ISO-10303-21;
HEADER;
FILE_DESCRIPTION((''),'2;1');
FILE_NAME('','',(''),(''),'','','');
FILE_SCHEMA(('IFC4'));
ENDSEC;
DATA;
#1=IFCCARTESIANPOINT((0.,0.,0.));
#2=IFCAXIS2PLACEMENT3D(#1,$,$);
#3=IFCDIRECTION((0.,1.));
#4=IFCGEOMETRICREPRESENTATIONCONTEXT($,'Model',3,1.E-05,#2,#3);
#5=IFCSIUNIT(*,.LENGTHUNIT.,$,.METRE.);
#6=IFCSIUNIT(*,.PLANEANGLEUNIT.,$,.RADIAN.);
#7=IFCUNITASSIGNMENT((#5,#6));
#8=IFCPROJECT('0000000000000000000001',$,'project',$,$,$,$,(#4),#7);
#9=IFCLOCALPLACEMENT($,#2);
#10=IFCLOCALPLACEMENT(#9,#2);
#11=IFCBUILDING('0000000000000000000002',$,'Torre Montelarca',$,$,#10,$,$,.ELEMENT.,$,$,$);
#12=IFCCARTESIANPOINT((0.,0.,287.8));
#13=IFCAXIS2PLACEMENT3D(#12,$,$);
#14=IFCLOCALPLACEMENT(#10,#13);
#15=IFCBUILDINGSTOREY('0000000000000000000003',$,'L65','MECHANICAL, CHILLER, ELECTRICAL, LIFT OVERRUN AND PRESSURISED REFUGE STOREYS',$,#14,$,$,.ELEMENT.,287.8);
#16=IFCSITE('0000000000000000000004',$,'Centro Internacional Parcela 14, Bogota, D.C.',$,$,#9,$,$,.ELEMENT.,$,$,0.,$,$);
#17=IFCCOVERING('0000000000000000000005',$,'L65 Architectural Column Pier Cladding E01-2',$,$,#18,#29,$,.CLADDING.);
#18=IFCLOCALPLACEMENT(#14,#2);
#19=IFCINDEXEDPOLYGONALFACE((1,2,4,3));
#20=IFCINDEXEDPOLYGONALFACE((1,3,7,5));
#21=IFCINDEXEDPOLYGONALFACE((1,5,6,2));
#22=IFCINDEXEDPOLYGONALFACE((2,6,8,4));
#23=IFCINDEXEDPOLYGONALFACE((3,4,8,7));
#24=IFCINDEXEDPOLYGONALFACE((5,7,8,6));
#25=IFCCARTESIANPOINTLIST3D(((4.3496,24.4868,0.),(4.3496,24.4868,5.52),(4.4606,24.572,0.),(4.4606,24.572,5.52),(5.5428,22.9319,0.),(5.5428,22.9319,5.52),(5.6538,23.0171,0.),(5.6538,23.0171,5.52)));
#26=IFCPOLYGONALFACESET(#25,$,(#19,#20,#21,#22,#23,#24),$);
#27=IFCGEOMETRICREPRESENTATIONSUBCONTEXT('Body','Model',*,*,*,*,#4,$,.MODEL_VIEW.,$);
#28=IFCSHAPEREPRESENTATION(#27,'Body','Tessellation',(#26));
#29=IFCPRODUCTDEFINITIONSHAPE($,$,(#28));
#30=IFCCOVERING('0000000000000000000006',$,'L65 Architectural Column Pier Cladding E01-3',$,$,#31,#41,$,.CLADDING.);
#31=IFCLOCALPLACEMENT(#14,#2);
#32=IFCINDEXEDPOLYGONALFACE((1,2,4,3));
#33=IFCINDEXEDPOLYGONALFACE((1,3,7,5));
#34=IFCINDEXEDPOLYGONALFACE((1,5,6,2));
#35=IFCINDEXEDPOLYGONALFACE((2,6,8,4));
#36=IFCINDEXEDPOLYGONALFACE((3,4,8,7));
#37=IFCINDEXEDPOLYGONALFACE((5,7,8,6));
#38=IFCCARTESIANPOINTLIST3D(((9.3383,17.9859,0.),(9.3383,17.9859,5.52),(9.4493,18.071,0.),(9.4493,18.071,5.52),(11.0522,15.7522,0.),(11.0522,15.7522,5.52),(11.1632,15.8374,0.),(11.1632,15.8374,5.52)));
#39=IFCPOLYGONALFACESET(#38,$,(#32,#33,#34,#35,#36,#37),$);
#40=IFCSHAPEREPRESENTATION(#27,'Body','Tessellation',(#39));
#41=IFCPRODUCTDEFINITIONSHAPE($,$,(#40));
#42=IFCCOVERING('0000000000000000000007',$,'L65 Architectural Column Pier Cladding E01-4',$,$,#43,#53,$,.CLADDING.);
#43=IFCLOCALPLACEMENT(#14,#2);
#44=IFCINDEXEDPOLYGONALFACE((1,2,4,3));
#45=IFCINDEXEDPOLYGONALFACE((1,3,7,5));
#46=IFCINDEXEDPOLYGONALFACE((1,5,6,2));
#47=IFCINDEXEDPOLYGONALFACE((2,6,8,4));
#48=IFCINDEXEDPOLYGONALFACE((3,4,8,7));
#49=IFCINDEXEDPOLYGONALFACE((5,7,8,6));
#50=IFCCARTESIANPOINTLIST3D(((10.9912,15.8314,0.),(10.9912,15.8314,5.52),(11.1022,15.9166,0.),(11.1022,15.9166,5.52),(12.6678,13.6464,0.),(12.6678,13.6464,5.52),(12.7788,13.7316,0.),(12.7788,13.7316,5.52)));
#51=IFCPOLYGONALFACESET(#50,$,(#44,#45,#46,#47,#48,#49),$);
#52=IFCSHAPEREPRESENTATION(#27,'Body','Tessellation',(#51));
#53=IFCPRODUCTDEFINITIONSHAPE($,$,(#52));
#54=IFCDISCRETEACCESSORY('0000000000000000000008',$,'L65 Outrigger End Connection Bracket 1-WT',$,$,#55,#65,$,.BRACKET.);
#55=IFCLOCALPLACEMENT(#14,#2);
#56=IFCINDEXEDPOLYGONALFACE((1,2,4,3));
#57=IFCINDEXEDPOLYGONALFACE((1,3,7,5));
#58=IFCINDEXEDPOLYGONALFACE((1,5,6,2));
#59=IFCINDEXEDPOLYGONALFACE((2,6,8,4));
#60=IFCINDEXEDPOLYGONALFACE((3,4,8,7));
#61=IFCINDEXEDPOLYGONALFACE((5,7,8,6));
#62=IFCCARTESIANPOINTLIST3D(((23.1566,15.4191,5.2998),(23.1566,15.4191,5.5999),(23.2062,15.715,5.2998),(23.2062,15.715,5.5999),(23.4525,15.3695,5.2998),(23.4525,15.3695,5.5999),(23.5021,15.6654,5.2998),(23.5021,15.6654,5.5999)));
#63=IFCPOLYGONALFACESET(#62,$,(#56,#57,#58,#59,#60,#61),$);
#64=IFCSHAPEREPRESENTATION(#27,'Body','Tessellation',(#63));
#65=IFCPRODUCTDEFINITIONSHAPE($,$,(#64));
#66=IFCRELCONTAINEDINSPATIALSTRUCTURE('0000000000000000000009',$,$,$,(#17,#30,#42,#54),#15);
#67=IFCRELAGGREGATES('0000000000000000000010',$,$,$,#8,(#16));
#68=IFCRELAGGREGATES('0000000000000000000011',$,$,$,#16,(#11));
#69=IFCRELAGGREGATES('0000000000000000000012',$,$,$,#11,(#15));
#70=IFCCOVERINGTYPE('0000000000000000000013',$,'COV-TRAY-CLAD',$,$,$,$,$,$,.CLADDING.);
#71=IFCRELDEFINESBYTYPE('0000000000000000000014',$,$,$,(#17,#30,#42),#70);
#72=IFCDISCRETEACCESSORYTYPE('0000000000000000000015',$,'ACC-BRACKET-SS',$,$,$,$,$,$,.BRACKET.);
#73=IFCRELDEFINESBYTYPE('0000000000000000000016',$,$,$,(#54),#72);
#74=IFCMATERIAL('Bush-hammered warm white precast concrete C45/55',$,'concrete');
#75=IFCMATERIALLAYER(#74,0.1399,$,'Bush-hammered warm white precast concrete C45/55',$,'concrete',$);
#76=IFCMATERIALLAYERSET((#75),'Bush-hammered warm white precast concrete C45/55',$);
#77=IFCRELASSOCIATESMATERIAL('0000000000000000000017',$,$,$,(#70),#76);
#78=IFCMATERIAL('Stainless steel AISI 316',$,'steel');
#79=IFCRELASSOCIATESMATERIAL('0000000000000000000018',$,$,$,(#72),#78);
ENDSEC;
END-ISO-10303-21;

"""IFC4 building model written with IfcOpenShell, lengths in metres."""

from ifc_helpers import new_model, si_unit, direction, frame, origin, origin_2d, place, context, subcontext, project, spatial, rectangle, extrude, source, transform, mapped, material, layer, layer_set, type_object, element, save


model = new_model("IFC4")

# Units and contexts
model_context = context("Model", 3, precision=1e-05, world=origin(), true_north=direction((0.0, 1.0)))
body_context = subcontext(model_context, "Body", "Model", "MODEL_VIEW")
ifc_project = project(units=[si_unit("LENGTHUNIT", "METRE"), si_unit("PLANEANGLEUNIT", "RADIAN")], contexts=[model_context])

# Site, building, storey
site_placement = place(None, origin())
site = spatial("IfcSite", under=ifc_project, at=site_placement, Name="Centro Internacional Parcela 14, Bogota, D.C.", CompositionType="ELEMENT", RefElevation=0.0)
building_placement = place(site_placement, origin())
building = spatial("IfcBuilding", under=site, at=building_placement, Name="Torre Montelarca", CompositionType="ELEMENT")
storey_placement = place(building_placement, frame((0.0, 0.0, 287.8)))
storey = spatial("IfcBuildingStorey", under=building, at=storey_placement, Name="L65", Description="MECHANICAL, CHILLER, ELECTRICAL, LIFT OVERRUN AND PRESSURISED REFUGE STOREYS", CompositionType="ELEMENT", Elevation=287.8)

# Coverings
ifc_material_1 = material(Name="Bush-hammered warm white precast concrete C45/55", Category="concrete")
ifc_layer_1 = layer(ifc_material_1, 0.1399, Name="Bush-hammered warm white precast concrete C45/55", Category="concrete")
ifc_layer_set_1 = layer_set([ifc_layer_1], Name="Bush-hammered warm white precast concrete C45/55")
covering_type = type_object("IfcCoveringType", Name="COV-TRAY-CLAD", PredefinedType="CLADDING", material=ifc_layer_set_1)
shared_shape_1 = source(origin(), body_context, "Body", "SweptSolid", [
    extrude(rectangle(XDim=1.96, YDim=0.1399, at=origin_2d()), origin(), (0.0, 0.0, 1.0), 5.52),
])
covering_1_placement = place(storey_placement, frame((5.0017, 23.752, 0.0), z_axis=(0.0, 0.0, 1.0), x_axis=(0.608766, -0.79335, 0.0)))
element("IfcCovering", 1, at=covering_1_placement, inside=storey, type_object=covering_type, Name="L65 Architectural Column Pier Cladding E01-2", PredefinedType="CLADDING", context=body_context, shape_type="MappedRepresentation", body=[
    mapped(shared_shape_1, transform((0.0, 0.0, 0.0), scale=1.0)),
])
shared_shape_2 = source(origin(), body_context, "Body", "SweptSolid", [
    extrude(rectangle(XDim=2.8154, YDim=0.1399, at=origin_2d()), origin(), (0.0, 0.0, 1.0), 5.52),
])
covering_2_placement = place(storey_placement, frame((10.2507, 16.9116, 0.0), z_axis=(0.0, 0.0, 1.0), x_axis=(0.608766, -0.79335, 0.0)))
element("IfcCovering", 2, at=covering_2_placement, inside=storey, type_object=covering_type, Name="L65 Architectural Column Pier Cladding E01-3", PredefinedType="CLADDING", context=body_context, shape_type="MappedRepresentation", body=[
    mapped(shared_shape_2, transform((0.0, 0.0, 0.0), scale=1.0)),
])
shared_shape_3 = source(origin(), body_context, "Body", "SweptSolid", [
    extrude(rectangle(XDim=2.7542, YDim=0.1399, at=origin_2d()), origin(), (0.0, 0.0, 1.0), 5.52),
])
covering_3_placement = place(storey_placement, frame((11.885, 14.7815, 0.0), z_axis=(0.0, 0.0, 1.0), x_axis=(0.608766, -0.79335, 0.0)))
element("IfcCovering", 3, at=covering_3_placement, inside=storey, type_object=covering_type, Name="L65 Architectural Column Pier Cladding E01-4", PredefinedType="CLADDING", context=body_context, shape_type="MappedRepresentation", body=[
    mapped(shared_shape_3, transform((0.0, 0.0, 0.0), scale=1.0)),
])

# Discrete accessory
ifc_material_2 = material(Name="Stainless steel AISI 316", Category="steel")
discrete_accessory_type = type_object("IfcDiscreteAccessoryType", Name="ACC-BRACKET-SS", PredefinedType="BRACKET", material=ifc_material_2)
shared_shape_4 = source(origin(), body_context, "Body", "SweptSolid", [
    extrude(rectangle(XDim=0.3, YDim=0.3, at=origin_2d()), origin(), (0.0, 0.0, 1.0), 0.3),
])
discrete_accessory_placement = place(storey_placement, frame((23.3293, 15.5422, 5.2998), z_axis=(0.0, 0.0, 1.0), x_axis=(0.165392, 0.986228, 0.0)))
element("IfcDiscreteAccessory", 4, at=discrete_accessory_placement, inside=storey, type_object=discrete_accessory_type, Name="L65 Outrigger End Connection Bracket 1-WT", PredefinedType="BRACKET", context=body_context, shape_type="MappedRepresentation", body=[
    mapped(shared_shape_4, transform((0.0, 0.0, 0.0), scale=1.0)),
])

save(model, "model.ifc")
